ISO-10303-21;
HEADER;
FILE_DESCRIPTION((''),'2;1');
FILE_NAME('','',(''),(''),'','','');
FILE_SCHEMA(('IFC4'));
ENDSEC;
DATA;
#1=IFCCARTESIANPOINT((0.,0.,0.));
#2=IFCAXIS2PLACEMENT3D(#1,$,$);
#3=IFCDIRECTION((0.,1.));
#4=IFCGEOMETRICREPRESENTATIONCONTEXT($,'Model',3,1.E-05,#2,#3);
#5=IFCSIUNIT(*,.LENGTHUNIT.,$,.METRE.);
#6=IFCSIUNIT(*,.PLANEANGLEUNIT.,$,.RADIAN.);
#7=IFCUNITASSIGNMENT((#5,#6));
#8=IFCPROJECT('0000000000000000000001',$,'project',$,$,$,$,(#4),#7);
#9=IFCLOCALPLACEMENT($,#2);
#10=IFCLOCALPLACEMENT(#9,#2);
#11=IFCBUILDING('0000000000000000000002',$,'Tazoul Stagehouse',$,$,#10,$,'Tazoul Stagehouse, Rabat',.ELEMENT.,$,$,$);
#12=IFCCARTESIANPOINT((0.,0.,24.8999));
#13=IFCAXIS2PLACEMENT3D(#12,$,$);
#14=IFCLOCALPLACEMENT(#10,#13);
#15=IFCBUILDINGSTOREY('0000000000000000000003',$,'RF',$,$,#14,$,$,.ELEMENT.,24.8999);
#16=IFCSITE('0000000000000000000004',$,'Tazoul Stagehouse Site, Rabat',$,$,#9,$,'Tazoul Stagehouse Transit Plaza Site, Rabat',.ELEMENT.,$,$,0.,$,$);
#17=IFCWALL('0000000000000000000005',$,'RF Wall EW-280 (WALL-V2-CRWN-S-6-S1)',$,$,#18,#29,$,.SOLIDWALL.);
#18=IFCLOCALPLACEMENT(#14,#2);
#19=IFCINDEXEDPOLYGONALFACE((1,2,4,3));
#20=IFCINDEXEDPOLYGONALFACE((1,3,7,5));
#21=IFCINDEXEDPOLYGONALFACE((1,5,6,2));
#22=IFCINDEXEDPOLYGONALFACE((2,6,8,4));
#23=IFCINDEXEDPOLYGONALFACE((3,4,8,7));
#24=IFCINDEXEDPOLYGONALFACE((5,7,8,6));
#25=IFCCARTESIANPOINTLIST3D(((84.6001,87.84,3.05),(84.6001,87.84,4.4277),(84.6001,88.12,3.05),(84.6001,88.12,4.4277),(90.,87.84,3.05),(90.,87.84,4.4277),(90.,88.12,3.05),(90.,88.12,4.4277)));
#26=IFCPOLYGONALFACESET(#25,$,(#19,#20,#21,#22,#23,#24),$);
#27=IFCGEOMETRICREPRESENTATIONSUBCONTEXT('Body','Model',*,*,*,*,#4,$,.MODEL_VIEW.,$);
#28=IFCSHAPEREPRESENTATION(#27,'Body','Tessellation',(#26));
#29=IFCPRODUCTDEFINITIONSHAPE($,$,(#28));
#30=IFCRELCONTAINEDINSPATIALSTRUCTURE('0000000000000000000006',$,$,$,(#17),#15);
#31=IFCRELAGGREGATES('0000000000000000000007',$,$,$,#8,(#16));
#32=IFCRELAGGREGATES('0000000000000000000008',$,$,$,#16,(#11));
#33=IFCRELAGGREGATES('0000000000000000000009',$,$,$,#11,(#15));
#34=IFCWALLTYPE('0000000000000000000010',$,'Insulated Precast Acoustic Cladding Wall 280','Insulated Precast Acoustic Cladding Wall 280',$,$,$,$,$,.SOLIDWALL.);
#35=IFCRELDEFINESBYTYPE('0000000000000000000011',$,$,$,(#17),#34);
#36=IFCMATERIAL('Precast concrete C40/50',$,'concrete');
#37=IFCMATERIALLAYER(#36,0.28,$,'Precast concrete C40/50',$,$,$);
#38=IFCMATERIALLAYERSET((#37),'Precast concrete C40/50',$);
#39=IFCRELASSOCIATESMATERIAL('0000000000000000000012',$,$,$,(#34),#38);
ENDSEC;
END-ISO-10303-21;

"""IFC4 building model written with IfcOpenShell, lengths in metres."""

from ifc_helpers import new_model, si_unit, direction, frame, frame_2d, origin, place, context, subcontext, project, spatial, rectangle, extrude, material, layer, layer_set, type_object, element, save


model = new_model("IFC4")

# Units and contexts
model_context = context("Model", 3, precision=1e-05, world=origin(), true_north=direction((0.0, 1.0)))
body_context = subcontext(model_context, "Body", "Model", "MODEL_VIEW")
ifc_project = project(units=[si_unit("LENGTHUNIT", "METRE"), si_unit("PLANEANGLEUNIT", "RADIAN")], contexts=[model_context])

# Site, building, storey
site_placement = place(None, origin())
site = spatial("IfcSite", under=ifc_project, at=site_placement, Name="Tazoul Stagehouse Site, Rabat", LongName="Tazoul Stagehouse Transit Plaza Site, Rabat", CompositionType="ELEMENT", RefElevation=0.0)
building_placement = place(site_placement, origin())
building = spatial("IfcBuilding", under=site, at=building_placement, Name="Tazoul Stagehouse", LongName="Tazoul Stagehouse, Rabat", CompositionType="ELEMENT")
storey_placement = place(building_placement, frame((0.0, 0.0, 24.8999)))
storey = spatial("IfcBuildingStorey", under=building, at=storey_placement, Name="RF", CompositionType="ELEMENT", Elevation=24.8999)

# Wall
ifc_material_1 = material(Name="Precast concrete C40/50", Category="concrete")
ifc_layer_1 = layer(ifc_material_1, 0.28, Name="Precast concrete C40/50")
ifc_layer_set_1 = layer_set([ifc_layer_1], Name="Precast concrete C40/50")
wall_type = type_object("IfcWallType", Name="Insulated Precast Acoustic Cladding Wall 280", Description="Insulated Precast Acoustic Cladding Wall 280", PredefinedType="SOLIDWALL", material=ifc_layer_set_1)
wall_1_placement = place(storey_placement, frame((84.6001, 87.98, 3.05), z_axis=(0.0, 0.0, 1.0), x_axis=(1.0, 0.0, 0.0)))
element("IfcWall", 1, at=wall_1_placement, inside=storey, type_object=wall_type, Name="RF Wall EW-280 (WALL-V2-CRWN-S-6-S1)", PredefinedType="SOLIDWALL", context=body_context, shape_type="SweptSolid", body=[
    extrude(rectangle(XDim=5.3999, YDim=0.28, at=frame_2d((2.7, 0.0))), origin(), (0.0, 0.0, 1.0), 1.3777),
])

save(model, "model.ifc")
